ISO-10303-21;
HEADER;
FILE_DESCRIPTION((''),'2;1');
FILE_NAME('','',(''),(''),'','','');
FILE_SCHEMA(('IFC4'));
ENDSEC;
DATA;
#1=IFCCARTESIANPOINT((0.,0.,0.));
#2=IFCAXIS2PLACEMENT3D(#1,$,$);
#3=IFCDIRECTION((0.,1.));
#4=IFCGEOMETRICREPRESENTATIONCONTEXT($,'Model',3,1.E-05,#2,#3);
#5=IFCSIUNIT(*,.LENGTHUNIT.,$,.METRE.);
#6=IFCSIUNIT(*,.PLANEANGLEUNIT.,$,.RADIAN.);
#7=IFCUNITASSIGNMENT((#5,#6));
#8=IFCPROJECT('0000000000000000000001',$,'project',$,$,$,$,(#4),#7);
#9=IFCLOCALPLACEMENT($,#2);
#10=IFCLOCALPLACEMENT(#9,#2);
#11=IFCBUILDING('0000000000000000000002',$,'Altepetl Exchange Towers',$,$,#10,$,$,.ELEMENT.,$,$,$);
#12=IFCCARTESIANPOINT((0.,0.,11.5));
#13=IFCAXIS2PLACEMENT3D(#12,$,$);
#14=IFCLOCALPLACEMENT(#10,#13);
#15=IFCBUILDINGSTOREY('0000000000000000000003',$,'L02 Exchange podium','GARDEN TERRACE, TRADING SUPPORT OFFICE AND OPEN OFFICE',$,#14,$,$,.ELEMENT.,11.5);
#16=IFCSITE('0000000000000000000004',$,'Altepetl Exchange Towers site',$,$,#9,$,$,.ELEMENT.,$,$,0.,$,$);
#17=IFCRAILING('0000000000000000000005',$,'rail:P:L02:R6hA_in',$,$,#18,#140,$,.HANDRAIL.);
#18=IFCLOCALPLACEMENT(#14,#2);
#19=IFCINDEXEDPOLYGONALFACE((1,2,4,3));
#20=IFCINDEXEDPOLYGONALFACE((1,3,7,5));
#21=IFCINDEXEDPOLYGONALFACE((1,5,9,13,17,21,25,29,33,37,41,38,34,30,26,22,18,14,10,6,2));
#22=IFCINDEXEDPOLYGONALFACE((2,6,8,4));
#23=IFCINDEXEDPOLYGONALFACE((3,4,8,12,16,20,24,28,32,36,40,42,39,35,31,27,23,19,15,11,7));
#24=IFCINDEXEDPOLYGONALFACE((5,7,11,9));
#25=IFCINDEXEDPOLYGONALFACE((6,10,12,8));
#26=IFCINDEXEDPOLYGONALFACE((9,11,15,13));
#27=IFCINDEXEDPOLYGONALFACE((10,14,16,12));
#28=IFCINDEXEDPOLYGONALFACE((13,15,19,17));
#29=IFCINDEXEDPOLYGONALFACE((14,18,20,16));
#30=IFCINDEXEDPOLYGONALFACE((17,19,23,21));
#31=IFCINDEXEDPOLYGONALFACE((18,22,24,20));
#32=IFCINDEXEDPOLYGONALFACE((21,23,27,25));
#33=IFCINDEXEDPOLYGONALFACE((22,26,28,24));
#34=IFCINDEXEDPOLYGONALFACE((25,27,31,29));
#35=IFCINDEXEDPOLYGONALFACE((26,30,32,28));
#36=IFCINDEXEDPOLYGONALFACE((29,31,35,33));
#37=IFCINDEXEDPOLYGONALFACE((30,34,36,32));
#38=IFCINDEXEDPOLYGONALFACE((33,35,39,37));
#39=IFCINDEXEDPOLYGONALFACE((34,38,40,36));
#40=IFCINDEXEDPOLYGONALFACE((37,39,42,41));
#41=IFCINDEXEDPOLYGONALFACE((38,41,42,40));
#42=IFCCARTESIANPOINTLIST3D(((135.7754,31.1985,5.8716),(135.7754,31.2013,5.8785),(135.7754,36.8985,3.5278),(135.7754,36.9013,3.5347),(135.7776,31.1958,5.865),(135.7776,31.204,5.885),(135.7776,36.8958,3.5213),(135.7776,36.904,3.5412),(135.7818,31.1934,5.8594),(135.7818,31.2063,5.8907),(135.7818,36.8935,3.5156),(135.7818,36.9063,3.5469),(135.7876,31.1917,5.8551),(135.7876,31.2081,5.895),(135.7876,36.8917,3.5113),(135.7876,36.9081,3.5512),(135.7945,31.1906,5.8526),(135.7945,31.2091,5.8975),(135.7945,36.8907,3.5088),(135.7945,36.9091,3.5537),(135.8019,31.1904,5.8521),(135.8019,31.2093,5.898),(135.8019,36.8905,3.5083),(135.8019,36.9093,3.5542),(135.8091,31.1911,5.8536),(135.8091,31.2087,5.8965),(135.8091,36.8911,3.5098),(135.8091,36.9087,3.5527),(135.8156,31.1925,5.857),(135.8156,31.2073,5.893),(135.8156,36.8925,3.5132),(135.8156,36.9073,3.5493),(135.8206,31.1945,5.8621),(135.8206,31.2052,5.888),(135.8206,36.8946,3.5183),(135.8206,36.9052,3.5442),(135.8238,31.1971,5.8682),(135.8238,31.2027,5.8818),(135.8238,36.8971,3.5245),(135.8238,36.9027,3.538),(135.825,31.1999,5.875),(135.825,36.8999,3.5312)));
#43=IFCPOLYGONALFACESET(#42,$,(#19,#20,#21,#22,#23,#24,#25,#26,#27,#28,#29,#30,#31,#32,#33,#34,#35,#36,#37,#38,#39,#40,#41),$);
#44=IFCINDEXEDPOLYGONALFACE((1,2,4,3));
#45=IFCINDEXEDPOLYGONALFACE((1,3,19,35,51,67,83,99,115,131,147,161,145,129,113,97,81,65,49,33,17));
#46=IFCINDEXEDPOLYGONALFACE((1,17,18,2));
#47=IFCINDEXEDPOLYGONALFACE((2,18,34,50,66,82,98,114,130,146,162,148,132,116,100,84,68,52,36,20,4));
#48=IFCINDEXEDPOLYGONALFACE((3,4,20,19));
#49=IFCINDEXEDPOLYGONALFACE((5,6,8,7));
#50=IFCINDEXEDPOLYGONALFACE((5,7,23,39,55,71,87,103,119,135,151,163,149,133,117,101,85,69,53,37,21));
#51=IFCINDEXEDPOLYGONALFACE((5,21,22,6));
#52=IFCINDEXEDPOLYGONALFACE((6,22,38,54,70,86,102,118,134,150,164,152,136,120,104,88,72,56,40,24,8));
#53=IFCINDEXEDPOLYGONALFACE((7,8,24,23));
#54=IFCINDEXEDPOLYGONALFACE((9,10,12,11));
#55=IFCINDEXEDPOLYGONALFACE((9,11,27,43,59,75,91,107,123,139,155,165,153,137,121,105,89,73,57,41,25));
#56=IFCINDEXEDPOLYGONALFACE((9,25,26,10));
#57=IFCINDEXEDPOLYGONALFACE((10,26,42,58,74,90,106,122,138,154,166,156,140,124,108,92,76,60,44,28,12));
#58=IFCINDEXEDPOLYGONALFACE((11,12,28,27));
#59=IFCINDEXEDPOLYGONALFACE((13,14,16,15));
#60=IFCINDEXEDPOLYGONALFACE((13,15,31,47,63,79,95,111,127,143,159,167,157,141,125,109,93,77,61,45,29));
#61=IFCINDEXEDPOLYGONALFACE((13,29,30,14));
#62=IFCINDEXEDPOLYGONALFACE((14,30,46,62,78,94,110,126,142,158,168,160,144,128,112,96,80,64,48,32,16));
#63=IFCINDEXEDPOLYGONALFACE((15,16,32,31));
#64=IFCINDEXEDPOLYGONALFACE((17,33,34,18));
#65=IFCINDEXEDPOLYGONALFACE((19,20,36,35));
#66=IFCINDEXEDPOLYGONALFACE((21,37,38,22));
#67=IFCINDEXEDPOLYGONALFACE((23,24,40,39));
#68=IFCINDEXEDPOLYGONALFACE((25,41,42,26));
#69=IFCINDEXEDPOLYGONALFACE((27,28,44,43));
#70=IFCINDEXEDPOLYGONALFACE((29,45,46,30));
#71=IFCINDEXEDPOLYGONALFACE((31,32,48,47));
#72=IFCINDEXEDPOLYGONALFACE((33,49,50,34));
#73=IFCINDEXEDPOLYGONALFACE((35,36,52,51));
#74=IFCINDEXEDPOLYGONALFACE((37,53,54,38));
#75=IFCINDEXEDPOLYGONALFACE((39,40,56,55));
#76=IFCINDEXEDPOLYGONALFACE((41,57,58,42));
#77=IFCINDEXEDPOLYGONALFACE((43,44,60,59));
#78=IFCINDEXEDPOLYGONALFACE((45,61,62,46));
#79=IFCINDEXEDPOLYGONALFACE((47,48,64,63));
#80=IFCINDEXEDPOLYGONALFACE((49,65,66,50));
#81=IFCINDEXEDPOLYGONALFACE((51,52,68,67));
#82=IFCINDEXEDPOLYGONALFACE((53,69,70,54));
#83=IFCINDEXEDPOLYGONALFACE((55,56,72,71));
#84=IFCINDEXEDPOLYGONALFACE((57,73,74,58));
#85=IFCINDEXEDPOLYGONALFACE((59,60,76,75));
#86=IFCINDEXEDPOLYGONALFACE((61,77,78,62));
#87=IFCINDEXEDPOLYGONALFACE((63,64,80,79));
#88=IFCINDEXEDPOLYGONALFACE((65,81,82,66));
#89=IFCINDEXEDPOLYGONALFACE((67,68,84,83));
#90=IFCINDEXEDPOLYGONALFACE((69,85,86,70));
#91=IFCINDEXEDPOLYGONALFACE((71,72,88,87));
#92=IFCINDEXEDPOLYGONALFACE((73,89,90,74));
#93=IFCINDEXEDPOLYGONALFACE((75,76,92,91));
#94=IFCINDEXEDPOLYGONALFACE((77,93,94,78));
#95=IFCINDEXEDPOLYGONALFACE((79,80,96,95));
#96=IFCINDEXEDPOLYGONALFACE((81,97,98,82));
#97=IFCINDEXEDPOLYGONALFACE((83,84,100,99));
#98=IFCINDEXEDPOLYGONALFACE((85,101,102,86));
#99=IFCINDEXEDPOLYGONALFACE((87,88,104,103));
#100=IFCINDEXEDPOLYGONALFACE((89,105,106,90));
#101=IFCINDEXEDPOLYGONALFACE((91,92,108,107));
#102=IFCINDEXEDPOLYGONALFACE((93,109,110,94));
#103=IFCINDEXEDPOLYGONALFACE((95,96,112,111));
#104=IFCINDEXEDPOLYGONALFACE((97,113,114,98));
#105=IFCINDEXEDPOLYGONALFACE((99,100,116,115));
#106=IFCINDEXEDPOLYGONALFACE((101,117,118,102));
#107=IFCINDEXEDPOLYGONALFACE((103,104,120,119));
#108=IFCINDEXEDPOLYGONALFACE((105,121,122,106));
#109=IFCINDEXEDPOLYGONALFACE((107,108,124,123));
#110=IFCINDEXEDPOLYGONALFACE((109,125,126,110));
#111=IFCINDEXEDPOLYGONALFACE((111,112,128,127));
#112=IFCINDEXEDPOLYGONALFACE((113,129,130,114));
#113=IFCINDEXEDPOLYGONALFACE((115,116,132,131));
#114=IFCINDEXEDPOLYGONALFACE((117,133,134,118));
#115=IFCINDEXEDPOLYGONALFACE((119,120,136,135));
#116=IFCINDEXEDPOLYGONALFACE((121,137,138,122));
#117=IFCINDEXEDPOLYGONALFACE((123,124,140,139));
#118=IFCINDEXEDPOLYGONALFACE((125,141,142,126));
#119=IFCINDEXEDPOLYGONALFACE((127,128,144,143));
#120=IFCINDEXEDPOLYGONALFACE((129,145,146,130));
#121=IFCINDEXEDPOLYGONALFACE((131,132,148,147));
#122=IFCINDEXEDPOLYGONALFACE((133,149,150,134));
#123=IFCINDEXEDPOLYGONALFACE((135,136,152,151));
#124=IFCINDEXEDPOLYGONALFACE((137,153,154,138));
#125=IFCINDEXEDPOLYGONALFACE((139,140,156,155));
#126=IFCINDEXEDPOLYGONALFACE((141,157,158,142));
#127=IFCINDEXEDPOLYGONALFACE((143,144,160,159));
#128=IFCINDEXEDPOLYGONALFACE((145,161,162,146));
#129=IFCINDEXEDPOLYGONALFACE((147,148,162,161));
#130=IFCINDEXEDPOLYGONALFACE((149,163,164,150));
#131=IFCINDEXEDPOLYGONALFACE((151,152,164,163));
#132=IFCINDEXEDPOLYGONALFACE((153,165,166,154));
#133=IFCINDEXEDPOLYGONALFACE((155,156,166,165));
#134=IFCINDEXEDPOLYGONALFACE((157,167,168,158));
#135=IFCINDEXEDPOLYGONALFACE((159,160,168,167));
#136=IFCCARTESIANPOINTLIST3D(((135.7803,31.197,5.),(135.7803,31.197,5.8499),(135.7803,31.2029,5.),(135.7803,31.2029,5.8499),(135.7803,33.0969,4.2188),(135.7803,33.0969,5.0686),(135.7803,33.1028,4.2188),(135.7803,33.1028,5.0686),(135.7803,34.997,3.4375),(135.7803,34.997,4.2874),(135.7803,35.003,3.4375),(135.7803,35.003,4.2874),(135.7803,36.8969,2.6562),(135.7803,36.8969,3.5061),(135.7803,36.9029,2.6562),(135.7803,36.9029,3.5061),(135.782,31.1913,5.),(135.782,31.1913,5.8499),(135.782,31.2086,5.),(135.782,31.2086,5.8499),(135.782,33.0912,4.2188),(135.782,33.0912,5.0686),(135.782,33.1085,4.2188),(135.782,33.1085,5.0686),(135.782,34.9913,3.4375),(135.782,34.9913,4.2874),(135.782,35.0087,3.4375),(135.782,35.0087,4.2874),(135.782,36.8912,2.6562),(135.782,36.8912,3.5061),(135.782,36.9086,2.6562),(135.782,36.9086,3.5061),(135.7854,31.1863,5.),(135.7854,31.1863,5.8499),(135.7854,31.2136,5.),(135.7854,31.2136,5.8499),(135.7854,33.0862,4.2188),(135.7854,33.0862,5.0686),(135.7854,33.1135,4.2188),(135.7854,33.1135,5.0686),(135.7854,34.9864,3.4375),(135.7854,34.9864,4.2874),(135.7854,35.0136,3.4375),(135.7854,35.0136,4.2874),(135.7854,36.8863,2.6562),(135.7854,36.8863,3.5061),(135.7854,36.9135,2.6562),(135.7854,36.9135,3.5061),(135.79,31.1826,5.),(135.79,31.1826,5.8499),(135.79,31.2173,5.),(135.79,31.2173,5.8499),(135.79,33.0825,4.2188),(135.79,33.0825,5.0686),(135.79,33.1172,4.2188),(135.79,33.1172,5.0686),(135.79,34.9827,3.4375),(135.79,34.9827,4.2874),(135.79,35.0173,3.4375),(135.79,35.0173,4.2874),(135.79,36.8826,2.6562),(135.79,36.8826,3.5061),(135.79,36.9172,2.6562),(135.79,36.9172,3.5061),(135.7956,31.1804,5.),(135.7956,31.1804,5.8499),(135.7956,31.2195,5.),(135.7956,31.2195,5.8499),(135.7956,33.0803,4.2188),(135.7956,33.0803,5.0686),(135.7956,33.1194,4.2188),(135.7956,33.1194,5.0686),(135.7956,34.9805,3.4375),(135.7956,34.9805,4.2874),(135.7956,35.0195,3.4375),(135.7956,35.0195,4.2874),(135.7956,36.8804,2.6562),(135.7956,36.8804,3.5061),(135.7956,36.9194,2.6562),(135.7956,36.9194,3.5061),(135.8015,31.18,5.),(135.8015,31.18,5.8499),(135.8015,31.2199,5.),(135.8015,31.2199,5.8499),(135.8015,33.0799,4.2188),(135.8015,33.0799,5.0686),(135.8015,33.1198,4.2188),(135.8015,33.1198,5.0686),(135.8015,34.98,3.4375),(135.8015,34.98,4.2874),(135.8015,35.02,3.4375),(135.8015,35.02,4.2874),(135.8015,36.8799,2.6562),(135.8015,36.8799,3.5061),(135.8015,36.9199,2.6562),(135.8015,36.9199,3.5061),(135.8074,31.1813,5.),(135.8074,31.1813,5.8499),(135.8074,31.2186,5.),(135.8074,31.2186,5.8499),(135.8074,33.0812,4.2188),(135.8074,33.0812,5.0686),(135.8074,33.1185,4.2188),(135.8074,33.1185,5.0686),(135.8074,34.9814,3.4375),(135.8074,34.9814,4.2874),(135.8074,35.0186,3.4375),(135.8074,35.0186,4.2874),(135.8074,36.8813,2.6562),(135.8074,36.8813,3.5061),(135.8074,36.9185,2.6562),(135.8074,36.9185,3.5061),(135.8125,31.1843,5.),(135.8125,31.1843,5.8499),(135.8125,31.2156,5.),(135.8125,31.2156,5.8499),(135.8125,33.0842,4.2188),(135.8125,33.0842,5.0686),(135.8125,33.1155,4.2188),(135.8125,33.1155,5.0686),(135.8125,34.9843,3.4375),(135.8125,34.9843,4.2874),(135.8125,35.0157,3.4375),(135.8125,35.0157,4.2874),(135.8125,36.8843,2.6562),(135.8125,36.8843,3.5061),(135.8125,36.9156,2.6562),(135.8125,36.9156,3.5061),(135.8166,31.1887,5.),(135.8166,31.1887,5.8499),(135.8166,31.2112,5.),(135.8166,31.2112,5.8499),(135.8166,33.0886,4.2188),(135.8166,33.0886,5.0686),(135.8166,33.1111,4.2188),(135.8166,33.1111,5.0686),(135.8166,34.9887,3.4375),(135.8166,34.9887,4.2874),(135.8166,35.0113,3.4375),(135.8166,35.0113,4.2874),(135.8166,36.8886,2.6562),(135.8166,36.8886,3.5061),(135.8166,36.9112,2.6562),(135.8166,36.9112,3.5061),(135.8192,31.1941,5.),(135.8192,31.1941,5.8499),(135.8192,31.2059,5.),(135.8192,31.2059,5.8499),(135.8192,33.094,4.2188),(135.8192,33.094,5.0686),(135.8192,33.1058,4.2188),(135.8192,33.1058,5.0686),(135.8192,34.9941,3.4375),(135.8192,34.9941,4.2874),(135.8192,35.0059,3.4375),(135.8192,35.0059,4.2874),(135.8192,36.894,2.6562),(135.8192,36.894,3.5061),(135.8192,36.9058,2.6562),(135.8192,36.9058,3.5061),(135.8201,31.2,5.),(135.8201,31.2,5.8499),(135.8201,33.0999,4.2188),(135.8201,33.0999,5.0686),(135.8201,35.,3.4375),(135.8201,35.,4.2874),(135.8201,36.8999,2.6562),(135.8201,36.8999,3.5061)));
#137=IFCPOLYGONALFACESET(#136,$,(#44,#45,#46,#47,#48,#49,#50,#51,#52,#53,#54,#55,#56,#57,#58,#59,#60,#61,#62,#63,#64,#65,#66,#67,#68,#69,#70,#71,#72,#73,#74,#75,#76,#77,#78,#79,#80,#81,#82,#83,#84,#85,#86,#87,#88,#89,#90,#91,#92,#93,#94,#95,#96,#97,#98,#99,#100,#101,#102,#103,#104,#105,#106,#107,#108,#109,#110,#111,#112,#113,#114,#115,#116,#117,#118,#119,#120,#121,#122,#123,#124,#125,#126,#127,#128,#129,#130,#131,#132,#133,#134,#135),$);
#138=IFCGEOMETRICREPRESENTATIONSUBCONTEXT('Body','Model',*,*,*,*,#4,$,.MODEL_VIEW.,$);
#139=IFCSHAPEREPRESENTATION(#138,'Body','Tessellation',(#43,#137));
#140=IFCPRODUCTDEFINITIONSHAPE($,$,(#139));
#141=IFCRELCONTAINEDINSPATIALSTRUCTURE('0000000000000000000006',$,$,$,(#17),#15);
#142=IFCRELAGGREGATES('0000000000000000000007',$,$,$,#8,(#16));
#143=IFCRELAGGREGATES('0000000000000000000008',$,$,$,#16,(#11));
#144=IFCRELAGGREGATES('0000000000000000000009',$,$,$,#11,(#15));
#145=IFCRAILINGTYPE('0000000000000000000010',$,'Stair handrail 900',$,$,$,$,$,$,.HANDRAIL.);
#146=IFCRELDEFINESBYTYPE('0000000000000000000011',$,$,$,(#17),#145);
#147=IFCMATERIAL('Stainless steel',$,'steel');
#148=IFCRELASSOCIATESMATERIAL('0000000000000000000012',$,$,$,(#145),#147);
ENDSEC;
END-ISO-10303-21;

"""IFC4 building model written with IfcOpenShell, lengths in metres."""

from ifc_helpers import new_model, si_unit, direction, frame, origin, origin_2d, place, context, subcontext, project, spatial, circle, extrude, source, transform, mapped, material, type_object, element, save


model = new_model("IFC4")

# Units and contexts
model_context = context("Model", 3, precision=1e-05, world=origin(), true_north=direction((0.0, 1.0)))
body_context = subcontext(model_context, "Body", "Model", "MODEL_VIEW")
ifc_project = project(units=[si_unit("LENGTHUNIT", "METRE"), si_unit("PLANEANGLEUNIT", "RADIAN")], contexts=[model_context])

# Site, building, storey
site_placement = place(None, origin())
site = spatial("IfcSite", under=ifc_project, at=site_placement, Name="Altepetl Exchange Towers site", CompositionType="ELEMENT", RefElevation=0.0)
building_placement = place(site_placement, origin())
building = spatial("IfcBuilding", under=site, at=building_placement, Name="Altepetl Exchange Towers", CompositionType="ELEMENT")
storey_placement = place(building_placement, frame((0.0, 0.0, 11.5)))
storey = spatial("IfcBuildingStorey", under=building, at=storey_placement, Name="L02 Exchange podium", Description="GARDEN TERRACE, TRADING SUPPORT OFFICE AND OPEN OFFICE", CompositionType="ELEMENT", Elevation=11.5)

# Railing
ifc_material_1 = material(Name="Stainless steel", Category="steel")
railing_type_1 = type_object("IfcRailingType", Name="Stair handrail 900", PredefinedType="HANDRAIL", material=ifc_material_1)
shared_shape_1 = source(origin(), body_context, "Body", "SweptSolid", [
    extrude(circle(Radius=0.02, at=origin_2d()), origin(), (0.0, 0.0, 1.0), 0.8499),
])
for number, where, name in (
    (1, (135.8, 36.8999, 2.6562), "rail:P:L02:R6hA_in"),
):
    element("IfcRailing", number, at=place(storey_placement, frame(where)), inside=storey, type_object=railing_type_1, Name=name, PredefinedType="HANDRAIL", context=body_context, shape_type="SweptSolid", body=[
        extrude(circle(Radius=0.0249, at=origin_2d()), frame((0.0, 0.0, 0.875), z_axis=(0.0, -0.924866, 0.380293), x_axis=(1.0, 0.0, 0.0)), (0.0, 0.0, 1.0), 6.1631),
        mapped(shared_shape_1, transform((0.0, 0.0, 0.0))),
        mapped(shared_shape_1, transform((0.0, -1.8999, 0.7812))),
        mapped(shared_shape_1, transform((0.0, -3.8, 1.5625))),
        mapped(shared_shape_1, transform((0.0, -5.7, 2.3438))),
    ])

save(model, "model.ifc")
